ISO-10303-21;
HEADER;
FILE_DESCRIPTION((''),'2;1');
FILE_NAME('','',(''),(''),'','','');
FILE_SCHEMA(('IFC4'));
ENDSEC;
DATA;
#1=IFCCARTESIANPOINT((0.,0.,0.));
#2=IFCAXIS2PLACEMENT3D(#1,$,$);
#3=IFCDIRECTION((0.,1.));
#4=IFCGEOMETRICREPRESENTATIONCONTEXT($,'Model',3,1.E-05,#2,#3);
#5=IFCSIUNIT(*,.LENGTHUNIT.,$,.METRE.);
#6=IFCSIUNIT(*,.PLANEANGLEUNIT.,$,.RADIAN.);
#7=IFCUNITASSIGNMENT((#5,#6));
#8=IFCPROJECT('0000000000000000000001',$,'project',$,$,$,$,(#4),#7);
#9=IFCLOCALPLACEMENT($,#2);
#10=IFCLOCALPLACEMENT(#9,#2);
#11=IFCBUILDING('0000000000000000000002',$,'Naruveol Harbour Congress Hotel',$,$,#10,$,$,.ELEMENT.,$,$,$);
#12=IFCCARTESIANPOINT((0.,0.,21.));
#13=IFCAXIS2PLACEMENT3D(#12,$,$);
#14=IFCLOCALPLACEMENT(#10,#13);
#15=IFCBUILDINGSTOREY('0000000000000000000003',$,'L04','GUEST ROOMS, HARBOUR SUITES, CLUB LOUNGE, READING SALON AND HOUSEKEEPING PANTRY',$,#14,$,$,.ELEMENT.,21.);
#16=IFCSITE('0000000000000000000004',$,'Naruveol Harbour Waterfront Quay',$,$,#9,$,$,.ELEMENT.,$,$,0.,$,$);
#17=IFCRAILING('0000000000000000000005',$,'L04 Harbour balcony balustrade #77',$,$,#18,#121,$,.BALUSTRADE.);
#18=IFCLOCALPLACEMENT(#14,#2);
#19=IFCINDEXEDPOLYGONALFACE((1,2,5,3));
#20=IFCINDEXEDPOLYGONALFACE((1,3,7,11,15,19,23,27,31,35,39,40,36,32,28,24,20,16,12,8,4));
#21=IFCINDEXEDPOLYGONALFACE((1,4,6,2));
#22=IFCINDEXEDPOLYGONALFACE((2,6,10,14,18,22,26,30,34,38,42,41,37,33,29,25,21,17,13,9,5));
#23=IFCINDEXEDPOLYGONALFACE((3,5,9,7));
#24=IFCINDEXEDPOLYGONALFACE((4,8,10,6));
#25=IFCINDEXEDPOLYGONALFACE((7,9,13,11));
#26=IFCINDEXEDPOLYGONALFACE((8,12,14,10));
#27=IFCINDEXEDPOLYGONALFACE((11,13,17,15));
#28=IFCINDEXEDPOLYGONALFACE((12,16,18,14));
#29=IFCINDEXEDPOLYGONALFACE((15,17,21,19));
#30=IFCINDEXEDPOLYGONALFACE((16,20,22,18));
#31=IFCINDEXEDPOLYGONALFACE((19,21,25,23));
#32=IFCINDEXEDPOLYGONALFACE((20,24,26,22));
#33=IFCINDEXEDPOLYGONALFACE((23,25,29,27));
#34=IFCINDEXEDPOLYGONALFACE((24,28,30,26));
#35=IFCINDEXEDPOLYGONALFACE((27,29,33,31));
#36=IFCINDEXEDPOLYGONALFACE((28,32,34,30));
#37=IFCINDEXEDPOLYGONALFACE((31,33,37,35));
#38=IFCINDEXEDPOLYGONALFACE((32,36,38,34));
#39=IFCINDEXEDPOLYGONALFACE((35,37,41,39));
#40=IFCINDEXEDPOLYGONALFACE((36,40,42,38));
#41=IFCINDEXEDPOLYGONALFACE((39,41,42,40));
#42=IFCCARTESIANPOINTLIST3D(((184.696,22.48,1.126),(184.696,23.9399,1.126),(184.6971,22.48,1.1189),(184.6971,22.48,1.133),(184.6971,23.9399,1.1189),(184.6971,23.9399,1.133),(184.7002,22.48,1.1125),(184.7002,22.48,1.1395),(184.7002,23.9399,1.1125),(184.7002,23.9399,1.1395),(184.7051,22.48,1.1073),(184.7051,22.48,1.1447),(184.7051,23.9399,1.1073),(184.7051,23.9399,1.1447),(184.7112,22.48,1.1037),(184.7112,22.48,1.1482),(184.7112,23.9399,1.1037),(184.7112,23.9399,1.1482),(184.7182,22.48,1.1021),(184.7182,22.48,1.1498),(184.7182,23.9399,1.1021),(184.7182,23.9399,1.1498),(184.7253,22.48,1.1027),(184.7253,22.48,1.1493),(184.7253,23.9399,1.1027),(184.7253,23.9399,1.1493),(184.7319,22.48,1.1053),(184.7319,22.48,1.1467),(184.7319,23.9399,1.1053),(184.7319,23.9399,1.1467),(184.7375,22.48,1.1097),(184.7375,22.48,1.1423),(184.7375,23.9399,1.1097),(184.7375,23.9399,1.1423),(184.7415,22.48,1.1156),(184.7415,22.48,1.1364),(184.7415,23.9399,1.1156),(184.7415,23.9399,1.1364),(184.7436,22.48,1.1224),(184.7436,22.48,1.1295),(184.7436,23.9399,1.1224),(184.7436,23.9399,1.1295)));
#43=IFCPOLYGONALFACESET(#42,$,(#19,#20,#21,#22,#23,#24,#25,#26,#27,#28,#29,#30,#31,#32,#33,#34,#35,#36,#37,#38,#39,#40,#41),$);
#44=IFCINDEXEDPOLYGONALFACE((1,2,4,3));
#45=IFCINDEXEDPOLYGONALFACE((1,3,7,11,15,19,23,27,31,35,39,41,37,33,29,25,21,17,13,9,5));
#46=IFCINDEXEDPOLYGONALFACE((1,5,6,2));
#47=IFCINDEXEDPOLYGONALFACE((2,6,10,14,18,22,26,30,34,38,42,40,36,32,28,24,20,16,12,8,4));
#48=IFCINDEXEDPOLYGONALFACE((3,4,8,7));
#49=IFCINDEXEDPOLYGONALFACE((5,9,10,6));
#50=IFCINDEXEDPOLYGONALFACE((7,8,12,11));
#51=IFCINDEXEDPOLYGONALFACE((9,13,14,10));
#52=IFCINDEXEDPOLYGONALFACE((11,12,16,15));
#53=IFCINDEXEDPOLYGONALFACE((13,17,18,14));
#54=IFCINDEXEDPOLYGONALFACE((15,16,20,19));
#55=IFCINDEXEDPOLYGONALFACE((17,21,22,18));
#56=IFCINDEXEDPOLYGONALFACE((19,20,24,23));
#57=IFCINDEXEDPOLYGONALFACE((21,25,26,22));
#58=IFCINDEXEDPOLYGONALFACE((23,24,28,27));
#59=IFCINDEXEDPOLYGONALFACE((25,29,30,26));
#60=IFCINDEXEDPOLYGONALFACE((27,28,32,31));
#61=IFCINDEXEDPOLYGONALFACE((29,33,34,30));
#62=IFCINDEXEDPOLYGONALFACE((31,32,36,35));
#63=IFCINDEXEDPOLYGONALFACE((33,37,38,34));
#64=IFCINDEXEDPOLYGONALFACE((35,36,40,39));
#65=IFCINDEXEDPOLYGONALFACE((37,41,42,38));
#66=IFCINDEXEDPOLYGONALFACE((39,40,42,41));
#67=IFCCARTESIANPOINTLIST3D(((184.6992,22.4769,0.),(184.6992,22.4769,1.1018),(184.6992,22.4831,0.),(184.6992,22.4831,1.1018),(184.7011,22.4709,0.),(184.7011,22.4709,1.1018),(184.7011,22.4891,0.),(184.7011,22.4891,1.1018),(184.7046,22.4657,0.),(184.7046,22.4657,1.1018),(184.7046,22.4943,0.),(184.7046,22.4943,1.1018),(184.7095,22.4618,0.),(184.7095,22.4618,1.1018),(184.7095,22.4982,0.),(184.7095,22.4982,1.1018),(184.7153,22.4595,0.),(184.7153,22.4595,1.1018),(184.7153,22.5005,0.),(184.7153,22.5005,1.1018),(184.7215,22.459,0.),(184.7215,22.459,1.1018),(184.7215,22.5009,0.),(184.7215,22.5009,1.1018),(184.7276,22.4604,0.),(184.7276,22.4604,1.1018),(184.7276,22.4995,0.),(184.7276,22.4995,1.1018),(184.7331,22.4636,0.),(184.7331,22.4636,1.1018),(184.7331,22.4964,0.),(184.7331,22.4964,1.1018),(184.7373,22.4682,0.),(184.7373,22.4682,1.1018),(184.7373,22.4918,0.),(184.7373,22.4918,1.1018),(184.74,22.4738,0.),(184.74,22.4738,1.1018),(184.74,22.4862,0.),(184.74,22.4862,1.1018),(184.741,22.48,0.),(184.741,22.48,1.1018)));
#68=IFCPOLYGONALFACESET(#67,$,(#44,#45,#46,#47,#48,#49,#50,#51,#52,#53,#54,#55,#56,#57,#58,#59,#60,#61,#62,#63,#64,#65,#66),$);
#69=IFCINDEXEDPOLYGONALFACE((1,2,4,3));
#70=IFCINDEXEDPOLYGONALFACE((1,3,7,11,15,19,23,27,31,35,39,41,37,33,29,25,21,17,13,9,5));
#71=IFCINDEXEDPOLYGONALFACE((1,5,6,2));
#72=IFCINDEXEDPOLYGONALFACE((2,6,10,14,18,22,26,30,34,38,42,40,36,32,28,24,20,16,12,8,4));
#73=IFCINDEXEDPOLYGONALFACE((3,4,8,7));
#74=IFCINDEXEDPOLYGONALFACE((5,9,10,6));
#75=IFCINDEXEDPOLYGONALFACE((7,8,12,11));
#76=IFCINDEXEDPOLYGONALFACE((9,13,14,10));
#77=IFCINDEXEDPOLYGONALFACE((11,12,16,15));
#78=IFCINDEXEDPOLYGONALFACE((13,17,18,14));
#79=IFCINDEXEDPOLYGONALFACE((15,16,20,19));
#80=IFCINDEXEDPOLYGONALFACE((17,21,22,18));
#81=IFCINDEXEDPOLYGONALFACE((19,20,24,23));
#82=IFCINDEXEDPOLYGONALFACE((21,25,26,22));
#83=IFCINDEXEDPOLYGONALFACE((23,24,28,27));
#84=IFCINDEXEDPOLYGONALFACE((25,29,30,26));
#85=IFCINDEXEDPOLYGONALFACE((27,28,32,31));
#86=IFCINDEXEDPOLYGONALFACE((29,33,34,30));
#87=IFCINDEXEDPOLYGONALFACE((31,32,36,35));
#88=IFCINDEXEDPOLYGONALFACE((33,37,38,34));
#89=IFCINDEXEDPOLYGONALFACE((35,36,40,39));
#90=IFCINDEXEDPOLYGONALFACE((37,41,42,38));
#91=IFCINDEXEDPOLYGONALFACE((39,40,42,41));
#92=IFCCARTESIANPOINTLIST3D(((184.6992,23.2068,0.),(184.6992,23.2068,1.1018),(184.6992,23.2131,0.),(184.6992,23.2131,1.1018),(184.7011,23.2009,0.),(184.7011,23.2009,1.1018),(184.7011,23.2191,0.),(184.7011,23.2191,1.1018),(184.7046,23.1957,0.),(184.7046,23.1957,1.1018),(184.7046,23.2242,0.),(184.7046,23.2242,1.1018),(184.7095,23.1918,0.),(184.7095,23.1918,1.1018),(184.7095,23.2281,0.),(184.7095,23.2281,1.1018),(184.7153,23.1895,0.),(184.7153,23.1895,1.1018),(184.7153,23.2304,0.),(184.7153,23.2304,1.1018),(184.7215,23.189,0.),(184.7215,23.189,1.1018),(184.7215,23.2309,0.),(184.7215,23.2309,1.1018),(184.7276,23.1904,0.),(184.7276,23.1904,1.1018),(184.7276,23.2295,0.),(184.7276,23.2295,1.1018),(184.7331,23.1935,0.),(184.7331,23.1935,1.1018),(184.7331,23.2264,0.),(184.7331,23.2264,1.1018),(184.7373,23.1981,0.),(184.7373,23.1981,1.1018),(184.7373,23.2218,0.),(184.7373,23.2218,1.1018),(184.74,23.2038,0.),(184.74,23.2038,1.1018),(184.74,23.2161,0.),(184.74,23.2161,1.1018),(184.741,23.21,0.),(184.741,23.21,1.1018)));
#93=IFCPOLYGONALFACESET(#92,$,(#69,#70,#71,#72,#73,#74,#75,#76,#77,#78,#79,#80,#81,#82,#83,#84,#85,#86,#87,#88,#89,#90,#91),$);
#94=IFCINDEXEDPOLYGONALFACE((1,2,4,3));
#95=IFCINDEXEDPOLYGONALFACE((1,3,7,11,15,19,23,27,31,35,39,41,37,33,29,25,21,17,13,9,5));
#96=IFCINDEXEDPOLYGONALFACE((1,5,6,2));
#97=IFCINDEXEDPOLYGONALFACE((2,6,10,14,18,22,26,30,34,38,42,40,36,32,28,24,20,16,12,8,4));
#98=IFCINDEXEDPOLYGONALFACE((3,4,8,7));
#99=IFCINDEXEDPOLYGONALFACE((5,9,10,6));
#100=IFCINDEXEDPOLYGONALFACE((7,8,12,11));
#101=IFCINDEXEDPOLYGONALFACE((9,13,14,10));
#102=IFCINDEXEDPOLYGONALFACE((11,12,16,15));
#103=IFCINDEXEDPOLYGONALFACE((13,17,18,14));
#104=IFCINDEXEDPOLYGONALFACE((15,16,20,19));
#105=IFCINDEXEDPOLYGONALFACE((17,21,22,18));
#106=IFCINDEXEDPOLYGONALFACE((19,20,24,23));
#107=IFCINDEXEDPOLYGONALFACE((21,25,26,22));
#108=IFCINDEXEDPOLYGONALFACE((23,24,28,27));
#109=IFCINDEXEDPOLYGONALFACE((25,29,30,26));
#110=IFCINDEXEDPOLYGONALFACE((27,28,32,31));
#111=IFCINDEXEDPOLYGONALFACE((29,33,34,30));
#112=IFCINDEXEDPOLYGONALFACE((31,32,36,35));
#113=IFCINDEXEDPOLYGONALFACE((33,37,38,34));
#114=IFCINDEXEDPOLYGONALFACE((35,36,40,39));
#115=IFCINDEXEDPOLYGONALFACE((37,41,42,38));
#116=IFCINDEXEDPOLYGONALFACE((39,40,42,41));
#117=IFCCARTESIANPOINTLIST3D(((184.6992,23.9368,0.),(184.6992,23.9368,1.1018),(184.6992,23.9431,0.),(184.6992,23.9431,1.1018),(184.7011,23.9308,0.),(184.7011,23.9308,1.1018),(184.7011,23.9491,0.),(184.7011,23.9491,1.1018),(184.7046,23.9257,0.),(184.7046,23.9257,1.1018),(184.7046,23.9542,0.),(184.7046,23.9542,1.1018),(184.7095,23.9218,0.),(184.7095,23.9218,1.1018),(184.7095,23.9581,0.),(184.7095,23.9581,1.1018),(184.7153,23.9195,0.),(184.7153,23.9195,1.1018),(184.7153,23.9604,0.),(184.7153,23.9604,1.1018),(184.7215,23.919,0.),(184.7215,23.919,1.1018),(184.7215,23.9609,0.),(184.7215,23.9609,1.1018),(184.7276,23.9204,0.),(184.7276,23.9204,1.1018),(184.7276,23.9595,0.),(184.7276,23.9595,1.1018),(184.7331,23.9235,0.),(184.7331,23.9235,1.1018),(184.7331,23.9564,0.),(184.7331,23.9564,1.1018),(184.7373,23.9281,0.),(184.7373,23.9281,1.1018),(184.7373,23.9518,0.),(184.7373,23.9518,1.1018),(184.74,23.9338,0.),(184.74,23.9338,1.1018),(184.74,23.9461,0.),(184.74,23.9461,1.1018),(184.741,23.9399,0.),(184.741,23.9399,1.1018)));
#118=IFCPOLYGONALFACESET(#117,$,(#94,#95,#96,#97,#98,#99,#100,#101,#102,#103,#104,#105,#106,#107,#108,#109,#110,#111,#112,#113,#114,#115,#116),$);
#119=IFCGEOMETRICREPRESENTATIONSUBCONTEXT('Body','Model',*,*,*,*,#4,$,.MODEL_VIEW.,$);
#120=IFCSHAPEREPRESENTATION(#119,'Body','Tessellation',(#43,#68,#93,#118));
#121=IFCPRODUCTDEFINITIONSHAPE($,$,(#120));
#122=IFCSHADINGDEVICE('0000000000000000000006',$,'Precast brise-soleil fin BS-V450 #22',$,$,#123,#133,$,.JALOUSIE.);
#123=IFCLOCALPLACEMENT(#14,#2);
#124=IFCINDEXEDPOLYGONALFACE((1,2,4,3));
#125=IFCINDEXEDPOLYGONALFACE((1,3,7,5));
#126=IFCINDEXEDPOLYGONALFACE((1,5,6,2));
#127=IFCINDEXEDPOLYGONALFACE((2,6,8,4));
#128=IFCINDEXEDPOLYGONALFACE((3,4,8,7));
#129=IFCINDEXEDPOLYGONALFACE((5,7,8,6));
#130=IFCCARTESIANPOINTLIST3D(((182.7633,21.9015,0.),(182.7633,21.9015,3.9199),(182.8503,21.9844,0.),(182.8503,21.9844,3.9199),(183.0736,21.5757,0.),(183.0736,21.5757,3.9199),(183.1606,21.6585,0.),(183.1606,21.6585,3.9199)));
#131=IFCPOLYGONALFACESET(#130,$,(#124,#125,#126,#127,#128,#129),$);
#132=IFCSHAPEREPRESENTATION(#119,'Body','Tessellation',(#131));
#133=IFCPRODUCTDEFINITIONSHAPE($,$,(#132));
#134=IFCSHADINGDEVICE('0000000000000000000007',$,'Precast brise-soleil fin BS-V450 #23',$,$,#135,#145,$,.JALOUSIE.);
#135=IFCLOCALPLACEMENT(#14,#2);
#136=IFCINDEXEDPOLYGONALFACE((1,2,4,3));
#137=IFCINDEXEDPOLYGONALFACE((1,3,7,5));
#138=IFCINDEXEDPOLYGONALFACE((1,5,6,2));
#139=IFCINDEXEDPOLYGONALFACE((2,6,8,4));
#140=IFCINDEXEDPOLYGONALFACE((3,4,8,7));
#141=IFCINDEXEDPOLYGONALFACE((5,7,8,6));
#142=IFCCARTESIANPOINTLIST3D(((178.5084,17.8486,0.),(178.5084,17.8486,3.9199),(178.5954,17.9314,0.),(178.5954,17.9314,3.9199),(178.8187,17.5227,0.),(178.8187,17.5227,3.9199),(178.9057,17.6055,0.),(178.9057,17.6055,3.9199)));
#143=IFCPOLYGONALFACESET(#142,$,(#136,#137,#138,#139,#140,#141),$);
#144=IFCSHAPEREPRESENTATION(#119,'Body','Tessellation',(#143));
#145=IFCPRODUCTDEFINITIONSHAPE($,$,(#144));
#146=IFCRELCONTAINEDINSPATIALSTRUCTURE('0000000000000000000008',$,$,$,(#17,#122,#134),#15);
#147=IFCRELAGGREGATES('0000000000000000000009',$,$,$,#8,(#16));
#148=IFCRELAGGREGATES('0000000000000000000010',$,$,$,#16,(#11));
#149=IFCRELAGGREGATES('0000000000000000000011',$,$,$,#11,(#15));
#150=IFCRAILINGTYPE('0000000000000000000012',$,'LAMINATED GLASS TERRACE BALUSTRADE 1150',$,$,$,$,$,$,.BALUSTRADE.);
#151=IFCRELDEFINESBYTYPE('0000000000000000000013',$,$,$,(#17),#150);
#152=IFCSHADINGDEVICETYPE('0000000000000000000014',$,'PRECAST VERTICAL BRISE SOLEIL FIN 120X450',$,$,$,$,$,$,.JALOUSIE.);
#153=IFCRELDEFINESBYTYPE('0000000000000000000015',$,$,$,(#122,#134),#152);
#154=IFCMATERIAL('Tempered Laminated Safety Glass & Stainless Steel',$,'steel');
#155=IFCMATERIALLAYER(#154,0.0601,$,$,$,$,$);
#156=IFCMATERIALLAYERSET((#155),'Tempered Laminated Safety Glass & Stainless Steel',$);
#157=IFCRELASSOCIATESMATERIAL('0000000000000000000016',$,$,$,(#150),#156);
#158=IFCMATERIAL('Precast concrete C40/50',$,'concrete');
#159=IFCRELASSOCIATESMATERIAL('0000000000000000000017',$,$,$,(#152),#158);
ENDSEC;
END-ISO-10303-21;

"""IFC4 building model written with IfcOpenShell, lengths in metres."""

from ifc_helpers import new_model, si_unit, direction, frame, origin, origin_2d, place, context, subcontext, project, spatial, rectangle, circle, extrude, material, layer, layer_set, type_object, element, save


model = new_model("IFC4")

# Units and contexts
model_context = context("Model", 3, precision=1e-05, world=origin(), true_north=direction((0.0, 1.0)))
body_context = subcontext(model_context, "Body", "Model", "MODEL_VIEW")
ifc_project = project(units=[si_unit("LENGTHUNIT", "METRE"), si_unit("PLANEANGLEUNIT", "RADIAN")], contexts=[model_context])

# Site, building, storey
site_placement = place(None, origin())
site = spatial("IfcSite", under=ifc_project, at=site_placement, Name="Naruveol Harbour Waterfront Quay", CompositionType="ELEMENT", RefElevation=0.0)
building_placement = place(site_placement, origin())
building = spatial("IfcBuilding", under=site, at=building_placement, Name="Naruveol Harbour Congress Hotel", CompositionType="ELEMENT")
storey_placement = place(building_placement, frame((0.0, 0.0, 21.0)))
storey = spatial("IfcBuildingStorey", under=building, at=storey_placement, Name="L04", Description="GUEST ROOMS, HARBOUR SUITES, CLUB LOUNGE, READING SALON AND HOUSEKEEPING PANTRY", CompositionType="ELEMENT", Elevation=21.0)

# Railing
ifc_material_1 = material(Name="Tempered Laminated Safety Glass & Stainless Steel", Category="steel")
ifc_layer_1 = layer(ifc_material_1, 0.0601)
ifc_layer_set_1 = layer_set([ifc_layer_1], Name="Tempered Laminated Safety Glass & Stainless Steel")
railing_type = type_object("IfcRailingType", Name="LAMINATED GLASS TERRACE BALUSTRADE 1150", PredefinedType="BALUSTRADE", material=ifc_layer_set_1)
railing_placement = place(storey_placement, frame((184.72, 22.48, 0.0)))
element("IfcRailing", 1, at=railing_placement, inside=storey, type_object=railing_type, Name="L04 Harbour balcony balustrade #77", PredefinedType="BALUSTRADE", context=body_context, shape_type="SweptSolid", body=[
    extrude(circle(Radius=0.0239, at=origin_2d()), frame((0.0, 0.0, 1.126), z_axis=(0.0, 1.0, 0.0), x_axis=(-1.0, 0.0, 0.0)), (0.0, 0.0, 1.0), 1.46),
    extrude(circle(Radius=0.021, at=origin_2d()), origin(), (0.0, 0.0, 1.0), 1.1018),
    extrude(circle(Radius=0.021, at=origin_2d()), frame((0.0, 0.73, 0.0)), (0.0, 0.0, 1.0), 1.1018),
    extrude(circle(Radius=0.021, at=origin_2d()), frame((0.0, 1.46, 0.0)), (0.0, 0.0, 1.0), 1.1018),
])

# Shading devices
ifc_material_2 = material(Name="Precast concrete C40/50", Category="concrete")
shading_device_type = type_object("IfcShadingDeviceType", Name="PRECAST VERTICAL BRISE SOLEIL FIN 120X450", PredefinedType="JALOUSIE", material=ifc_material_2)
for number, where, z_axis, x_axis, name in (
    (2, (182.9619, 21.78, 0.0), (0.0, 0.0, 1.0), (-0.724172, -0.68962, 0.0), "Precast brise-soleil fin BS-V450 #22"),
    (3, (178.707, 17.7271, 0.0), (0.0, 0.0, 1.0), (-0.724172, -0.68962, 0.0), "Precast brise-soleil fin BS-V450 #23"),
):
    element("IfcShadingDevice", number, at=place(storey_placement, frame(where, z_axis=z_axis, x_axis=x_axis)), inside=storey, type_object=shading_device_type, Name=name, PredefinedType="JALOUSIE", context=body_context, shape_type="SweptSolid", body=[
        extrude(rectangle(XDim=0.1201, YDim=0.45, at=origin_2d()), origin(), (0.0, 0.0, 1.0), 3.9199),
    ])

save(model, "model.ifc")
